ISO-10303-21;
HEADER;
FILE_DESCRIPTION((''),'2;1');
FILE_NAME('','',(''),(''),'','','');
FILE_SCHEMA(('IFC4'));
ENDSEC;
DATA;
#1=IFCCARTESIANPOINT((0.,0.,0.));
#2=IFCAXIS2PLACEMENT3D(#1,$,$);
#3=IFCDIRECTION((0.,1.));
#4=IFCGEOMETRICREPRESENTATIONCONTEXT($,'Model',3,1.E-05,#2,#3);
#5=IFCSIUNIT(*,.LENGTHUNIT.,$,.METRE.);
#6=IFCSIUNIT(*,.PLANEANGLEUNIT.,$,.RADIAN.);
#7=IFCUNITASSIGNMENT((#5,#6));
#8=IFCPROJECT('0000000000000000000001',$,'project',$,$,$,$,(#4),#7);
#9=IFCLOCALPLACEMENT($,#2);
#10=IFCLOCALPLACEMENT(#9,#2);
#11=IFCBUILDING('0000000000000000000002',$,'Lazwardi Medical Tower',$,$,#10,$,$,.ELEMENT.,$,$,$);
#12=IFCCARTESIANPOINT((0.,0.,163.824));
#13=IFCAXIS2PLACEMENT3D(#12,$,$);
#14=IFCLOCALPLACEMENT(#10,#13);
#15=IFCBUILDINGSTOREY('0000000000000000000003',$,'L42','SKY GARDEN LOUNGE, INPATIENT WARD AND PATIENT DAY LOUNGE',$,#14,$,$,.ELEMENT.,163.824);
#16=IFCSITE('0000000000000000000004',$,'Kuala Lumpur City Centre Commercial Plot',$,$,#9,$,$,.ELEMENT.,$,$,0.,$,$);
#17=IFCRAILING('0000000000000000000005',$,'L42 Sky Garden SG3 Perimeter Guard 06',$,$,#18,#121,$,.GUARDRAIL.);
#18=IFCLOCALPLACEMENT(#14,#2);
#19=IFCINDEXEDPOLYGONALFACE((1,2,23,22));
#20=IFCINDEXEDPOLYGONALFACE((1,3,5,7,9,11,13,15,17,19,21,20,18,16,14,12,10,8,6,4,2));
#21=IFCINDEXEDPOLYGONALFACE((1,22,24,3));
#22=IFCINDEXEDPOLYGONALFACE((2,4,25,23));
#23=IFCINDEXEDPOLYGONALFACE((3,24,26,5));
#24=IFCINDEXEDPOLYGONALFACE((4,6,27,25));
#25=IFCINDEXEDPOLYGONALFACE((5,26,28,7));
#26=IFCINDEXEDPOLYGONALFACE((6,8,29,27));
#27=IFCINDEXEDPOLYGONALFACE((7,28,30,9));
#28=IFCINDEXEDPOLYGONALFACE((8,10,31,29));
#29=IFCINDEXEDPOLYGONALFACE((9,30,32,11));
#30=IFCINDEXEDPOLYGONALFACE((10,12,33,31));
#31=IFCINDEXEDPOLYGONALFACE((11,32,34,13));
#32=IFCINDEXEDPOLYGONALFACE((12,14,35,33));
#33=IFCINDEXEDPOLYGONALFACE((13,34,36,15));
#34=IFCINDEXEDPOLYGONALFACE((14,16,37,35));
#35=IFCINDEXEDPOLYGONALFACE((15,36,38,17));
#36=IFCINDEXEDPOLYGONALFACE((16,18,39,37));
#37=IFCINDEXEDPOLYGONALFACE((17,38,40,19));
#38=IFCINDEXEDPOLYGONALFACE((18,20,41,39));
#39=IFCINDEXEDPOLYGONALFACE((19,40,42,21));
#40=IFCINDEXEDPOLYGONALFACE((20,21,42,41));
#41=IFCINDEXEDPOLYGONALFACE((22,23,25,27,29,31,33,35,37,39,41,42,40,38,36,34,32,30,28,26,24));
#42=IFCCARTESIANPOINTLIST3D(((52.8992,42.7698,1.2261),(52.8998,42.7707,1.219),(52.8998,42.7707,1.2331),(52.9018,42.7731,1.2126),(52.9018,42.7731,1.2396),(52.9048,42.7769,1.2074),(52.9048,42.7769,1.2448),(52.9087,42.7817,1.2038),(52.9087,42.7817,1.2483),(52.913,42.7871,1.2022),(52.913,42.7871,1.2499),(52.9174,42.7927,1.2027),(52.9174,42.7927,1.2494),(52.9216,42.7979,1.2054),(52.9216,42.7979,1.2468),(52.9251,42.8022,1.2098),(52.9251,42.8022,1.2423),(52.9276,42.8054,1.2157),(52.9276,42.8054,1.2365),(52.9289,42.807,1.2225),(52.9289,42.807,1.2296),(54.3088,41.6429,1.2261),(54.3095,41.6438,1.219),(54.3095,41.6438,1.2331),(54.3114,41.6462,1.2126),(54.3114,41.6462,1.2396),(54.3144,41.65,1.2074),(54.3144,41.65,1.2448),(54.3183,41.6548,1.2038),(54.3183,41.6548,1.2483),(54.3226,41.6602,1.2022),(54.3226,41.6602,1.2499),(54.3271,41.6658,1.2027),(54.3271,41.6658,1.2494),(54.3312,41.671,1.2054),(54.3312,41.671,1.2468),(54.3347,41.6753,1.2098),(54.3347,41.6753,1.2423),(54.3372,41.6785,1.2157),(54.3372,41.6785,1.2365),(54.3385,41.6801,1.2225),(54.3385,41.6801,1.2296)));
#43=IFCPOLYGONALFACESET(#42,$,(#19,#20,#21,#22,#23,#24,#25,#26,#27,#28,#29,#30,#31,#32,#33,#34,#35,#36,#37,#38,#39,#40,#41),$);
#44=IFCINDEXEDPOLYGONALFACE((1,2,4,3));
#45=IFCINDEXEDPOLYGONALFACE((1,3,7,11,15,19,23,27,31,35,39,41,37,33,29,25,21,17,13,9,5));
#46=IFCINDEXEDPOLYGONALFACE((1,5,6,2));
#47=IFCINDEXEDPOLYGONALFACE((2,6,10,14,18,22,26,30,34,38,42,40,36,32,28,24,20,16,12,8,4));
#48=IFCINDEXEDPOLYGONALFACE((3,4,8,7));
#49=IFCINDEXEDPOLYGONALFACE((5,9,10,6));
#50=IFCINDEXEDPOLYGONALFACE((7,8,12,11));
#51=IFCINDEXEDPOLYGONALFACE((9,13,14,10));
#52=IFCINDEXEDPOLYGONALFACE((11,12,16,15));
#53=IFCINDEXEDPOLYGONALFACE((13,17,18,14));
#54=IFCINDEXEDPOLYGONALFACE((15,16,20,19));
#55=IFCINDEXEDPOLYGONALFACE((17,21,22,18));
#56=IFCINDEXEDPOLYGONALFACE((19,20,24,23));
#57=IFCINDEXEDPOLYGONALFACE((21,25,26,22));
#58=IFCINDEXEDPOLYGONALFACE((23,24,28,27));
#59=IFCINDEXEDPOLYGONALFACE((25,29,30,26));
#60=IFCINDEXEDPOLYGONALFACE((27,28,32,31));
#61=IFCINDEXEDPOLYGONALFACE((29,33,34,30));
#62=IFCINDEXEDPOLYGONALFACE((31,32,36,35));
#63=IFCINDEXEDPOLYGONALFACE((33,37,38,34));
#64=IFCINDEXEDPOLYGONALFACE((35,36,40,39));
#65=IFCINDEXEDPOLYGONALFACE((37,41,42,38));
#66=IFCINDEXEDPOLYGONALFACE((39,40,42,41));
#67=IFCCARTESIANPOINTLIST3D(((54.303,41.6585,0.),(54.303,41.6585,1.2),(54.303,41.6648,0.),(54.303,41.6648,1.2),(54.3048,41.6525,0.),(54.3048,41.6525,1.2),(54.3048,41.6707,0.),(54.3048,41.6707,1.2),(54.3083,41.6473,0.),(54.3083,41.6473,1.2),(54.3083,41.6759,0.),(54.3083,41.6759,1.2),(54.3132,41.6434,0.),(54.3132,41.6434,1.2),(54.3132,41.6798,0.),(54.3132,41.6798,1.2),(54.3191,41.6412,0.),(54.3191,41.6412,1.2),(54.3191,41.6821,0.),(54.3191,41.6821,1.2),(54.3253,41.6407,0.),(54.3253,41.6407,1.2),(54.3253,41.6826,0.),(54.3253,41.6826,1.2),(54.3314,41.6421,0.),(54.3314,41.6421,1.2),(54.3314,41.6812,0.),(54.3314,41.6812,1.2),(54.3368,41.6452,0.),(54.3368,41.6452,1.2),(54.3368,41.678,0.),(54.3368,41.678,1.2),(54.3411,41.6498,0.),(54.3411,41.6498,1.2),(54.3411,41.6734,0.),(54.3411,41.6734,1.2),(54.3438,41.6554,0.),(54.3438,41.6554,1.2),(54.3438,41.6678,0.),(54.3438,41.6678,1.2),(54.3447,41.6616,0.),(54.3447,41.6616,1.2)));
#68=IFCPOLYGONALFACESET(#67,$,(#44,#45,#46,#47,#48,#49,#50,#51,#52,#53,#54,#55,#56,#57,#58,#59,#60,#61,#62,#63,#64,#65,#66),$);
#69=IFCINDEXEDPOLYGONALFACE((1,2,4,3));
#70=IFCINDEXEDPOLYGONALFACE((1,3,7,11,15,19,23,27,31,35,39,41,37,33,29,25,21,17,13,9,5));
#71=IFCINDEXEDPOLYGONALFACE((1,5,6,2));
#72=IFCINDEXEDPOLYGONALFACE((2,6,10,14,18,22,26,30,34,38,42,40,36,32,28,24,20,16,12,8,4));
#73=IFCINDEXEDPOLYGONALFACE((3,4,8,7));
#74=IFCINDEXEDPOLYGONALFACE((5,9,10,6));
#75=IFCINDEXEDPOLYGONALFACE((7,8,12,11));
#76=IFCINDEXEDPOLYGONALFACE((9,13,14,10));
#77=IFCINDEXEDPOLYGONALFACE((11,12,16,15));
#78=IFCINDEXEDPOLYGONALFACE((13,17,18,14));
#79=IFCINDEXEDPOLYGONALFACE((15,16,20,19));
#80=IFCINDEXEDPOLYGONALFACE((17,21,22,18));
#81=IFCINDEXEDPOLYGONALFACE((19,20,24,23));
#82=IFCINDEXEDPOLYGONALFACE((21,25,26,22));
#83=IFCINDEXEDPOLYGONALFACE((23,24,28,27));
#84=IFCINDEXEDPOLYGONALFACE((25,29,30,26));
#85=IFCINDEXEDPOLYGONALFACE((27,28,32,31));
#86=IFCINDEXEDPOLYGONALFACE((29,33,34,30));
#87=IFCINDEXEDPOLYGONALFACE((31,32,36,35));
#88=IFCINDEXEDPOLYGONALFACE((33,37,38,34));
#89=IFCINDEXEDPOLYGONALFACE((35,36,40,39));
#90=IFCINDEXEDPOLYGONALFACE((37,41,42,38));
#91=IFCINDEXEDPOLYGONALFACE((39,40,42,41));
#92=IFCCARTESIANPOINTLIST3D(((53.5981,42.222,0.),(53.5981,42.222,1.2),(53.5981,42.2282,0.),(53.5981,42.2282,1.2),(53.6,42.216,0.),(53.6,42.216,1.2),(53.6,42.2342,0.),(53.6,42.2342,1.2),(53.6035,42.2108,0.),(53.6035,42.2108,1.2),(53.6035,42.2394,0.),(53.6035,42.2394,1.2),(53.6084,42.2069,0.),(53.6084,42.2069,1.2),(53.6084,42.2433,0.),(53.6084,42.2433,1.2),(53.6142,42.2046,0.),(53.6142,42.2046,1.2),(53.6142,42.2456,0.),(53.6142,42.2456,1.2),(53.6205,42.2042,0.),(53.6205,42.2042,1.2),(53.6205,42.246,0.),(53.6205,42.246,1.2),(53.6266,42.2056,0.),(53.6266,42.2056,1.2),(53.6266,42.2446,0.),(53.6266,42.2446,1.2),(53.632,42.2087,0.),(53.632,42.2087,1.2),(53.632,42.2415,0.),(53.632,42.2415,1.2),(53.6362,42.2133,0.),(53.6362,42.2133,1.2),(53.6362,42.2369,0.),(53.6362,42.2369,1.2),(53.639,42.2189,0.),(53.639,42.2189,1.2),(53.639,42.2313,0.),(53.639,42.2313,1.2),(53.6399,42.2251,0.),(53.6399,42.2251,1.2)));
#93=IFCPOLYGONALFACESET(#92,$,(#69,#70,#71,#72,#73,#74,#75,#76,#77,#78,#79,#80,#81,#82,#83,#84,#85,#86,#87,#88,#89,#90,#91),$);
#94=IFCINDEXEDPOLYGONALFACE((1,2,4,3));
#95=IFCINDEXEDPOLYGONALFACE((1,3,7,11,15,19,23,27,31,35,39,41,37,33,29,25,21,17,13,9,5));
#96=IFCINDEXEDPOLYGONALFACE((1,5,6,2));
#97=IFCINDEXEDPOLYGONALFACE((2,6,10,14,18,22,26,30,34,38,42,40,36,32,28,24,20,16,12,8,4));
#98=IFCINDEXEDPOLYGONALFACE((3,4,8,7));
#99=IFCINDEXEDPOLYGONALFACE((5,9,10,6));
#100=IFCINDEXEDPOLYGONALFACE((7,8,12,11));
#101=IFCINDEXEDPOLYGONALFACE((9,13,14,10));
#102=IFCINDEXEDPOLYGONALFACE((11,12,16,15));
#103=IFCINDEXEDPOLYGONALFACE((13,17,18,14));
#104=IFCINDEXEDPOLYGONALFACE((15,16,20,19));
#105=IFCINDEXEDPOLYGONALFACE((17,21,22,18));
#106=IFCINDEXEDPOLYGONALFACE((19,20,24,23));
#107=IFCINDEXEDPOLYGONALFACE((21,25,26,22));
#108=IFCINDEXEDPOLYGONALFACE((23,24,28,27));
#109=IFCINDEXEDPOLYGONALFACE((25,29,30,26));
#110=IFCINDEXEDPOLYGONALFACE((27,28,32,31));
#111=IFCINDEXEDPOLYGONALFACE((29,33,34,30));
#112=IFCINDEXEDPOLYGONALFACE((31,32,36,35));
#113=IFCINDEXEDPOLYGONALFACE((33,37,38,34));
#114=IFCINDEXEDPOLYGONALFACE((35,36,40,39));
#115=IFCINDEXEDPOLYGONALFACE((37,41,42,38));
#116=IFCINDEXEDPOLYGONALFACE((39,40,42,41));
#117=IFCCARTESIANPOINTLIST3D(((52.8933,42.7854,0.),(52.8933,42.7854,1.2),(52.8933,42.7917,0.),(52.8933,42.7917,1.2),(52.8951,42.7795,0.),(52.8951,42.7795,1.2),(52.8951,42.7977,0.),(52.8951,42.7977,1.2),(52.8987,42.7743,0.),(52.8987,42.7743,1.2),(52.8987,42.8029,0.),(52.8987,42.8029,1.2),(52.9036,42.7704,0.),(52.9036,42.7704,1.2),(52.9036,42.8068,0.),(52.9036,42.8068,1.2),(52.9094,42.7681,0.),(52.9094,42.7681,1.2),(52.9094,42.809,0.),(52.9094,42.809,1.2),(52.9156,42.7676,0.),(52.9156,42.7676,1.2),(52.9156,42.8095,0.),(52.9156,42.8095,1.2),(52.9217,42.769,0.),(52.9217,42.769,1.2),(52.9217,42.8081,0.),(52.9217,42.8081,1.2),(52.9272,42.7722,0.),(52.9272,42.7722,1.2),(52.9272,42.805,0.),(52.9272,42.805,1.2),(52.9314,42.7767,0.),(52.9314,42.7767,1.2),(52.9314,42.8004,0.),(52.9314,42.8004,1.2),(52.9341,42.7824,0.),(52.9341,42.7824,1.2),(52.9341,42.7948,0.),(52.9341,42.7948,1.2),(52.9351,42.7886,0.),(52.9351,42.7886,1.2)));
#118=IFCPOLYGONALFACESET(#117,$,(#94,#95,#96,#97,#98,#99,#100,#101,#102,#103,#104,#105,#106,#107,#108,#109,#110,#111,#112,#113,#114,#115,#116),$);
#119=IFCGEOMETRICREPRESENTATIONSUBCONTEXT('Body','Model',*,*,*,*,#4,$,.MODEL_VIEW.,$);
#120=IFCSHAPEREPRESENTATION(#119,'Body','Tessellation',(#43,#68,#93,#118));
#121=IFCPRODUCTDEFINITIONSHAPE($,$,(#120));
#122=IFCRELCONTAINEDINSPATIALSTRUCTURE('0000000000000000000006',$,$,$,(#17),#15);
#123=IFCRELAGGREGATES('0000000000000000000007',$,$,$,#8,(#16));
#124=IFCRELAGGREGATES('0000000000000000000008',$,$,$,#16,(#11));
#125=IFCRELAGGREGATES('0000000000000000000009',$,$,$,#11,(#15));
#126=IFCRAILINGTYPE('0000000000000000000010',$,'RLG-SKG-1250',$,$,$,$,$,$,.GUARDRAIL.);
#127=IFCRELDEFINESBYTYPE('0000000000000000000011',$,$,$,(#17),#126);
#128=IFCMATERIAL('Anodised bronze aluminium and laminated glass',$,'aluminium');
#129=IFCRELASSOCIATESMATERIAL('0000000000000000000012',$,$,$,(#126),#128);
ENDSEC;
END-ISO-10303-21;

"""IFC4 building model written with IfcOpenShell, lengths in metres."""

from ifc_helpers import new_model, si_unit, direction, frame, origin, origin_2d, place, context, subcontext, project, spatial, circle, extrude, material, type_object, element, save


model = new_model("IFC4")

# Units and contexts
model_context = context("Model", 3, precision=1e-05, world=origin(), true_north=direction((0.0, 1.0)))
body_context = subcontext(model_context, "Body", "Model", "MODEL_VIEW")
ifc_project = project(units=[si_unit("LENGTHUNIT", "METRE"), si_unit("PLANEANGLEUNIT", "RADIAN")], contexts=[model_context])

# Site, building, storey
site_placement = place(None, origin())
site = spatial("IfcSite", under=ifc_project, at=site_placement, Name="Kuala Lumpur City Centre Commercial Plot", CompositionType="ELEMENT", RefElevation=0.0)
building_placement = place(site_placement, origin())
building = spatial("IfcBuilding", under=site, at=building_placement, Name="Lazwardi Medical Tower", CompositionType="ELEMENT")
storey_placement = place(building_placement, frame((0.0, 0.0, 163.824)))
storey = spatial("IfcBuildingStorey", under=building, at=storey_placement, Name="L42", Description="SKY GARDEN LOUNGE, INPATIENT WARD AND PATIENT DAY LOUNGE", CompositionType="ELEMENT", Elevation=163.824)

# Railing
ifc_material_1 = material(Name="Anodised bronze aluminium and laminated glass", Category="aluminium")
railing_type = type_object("IfcRailingType", Name="RLG-SKG-1250", PredefinedType="GUARDRAIL", material=ifc_material_1)
railing_1_placement = place(storey_placement, frame((54.3237, 41.6616, 0.0)))
element("IfcRailing", 1, at=railing_1_placement, inside=storey, type_object=railing_type, Name="L42 Sky Garden SG3 Perimeter Guard 06", PredefinedType="GUARDRAIL", context=body_context, shape_type="SweptSolid", body=[
    extrude(circle(Radius=0.0239, at=origin_2d()), frame((0.0, 0.0, 1.2261), z_axis=(-0.78108, 0.624431, 0.0), x_axis=(-0.624431, -0.78108, 0.0)), (0.0, 0.0, 1.0), 1.8047),
    extrude(circle(Radius=0.021, at=origin_2d()), origin(), (0.0, 0.0, 1.0), 1.2),
    extrude(circle(Radius=0.021, at=origin_2d()), frame((-0.7048, 0.5635, 0.0)), (0.0, 0.0, 1.0), 1.2),
    extrude(circle(Radius=0.021, at=origin_2d()), frame((-1.4097, 1.127, 0.0)), (0.0, 0.0, 1.0), 1.2),
])

save(model, "model.ifc")
